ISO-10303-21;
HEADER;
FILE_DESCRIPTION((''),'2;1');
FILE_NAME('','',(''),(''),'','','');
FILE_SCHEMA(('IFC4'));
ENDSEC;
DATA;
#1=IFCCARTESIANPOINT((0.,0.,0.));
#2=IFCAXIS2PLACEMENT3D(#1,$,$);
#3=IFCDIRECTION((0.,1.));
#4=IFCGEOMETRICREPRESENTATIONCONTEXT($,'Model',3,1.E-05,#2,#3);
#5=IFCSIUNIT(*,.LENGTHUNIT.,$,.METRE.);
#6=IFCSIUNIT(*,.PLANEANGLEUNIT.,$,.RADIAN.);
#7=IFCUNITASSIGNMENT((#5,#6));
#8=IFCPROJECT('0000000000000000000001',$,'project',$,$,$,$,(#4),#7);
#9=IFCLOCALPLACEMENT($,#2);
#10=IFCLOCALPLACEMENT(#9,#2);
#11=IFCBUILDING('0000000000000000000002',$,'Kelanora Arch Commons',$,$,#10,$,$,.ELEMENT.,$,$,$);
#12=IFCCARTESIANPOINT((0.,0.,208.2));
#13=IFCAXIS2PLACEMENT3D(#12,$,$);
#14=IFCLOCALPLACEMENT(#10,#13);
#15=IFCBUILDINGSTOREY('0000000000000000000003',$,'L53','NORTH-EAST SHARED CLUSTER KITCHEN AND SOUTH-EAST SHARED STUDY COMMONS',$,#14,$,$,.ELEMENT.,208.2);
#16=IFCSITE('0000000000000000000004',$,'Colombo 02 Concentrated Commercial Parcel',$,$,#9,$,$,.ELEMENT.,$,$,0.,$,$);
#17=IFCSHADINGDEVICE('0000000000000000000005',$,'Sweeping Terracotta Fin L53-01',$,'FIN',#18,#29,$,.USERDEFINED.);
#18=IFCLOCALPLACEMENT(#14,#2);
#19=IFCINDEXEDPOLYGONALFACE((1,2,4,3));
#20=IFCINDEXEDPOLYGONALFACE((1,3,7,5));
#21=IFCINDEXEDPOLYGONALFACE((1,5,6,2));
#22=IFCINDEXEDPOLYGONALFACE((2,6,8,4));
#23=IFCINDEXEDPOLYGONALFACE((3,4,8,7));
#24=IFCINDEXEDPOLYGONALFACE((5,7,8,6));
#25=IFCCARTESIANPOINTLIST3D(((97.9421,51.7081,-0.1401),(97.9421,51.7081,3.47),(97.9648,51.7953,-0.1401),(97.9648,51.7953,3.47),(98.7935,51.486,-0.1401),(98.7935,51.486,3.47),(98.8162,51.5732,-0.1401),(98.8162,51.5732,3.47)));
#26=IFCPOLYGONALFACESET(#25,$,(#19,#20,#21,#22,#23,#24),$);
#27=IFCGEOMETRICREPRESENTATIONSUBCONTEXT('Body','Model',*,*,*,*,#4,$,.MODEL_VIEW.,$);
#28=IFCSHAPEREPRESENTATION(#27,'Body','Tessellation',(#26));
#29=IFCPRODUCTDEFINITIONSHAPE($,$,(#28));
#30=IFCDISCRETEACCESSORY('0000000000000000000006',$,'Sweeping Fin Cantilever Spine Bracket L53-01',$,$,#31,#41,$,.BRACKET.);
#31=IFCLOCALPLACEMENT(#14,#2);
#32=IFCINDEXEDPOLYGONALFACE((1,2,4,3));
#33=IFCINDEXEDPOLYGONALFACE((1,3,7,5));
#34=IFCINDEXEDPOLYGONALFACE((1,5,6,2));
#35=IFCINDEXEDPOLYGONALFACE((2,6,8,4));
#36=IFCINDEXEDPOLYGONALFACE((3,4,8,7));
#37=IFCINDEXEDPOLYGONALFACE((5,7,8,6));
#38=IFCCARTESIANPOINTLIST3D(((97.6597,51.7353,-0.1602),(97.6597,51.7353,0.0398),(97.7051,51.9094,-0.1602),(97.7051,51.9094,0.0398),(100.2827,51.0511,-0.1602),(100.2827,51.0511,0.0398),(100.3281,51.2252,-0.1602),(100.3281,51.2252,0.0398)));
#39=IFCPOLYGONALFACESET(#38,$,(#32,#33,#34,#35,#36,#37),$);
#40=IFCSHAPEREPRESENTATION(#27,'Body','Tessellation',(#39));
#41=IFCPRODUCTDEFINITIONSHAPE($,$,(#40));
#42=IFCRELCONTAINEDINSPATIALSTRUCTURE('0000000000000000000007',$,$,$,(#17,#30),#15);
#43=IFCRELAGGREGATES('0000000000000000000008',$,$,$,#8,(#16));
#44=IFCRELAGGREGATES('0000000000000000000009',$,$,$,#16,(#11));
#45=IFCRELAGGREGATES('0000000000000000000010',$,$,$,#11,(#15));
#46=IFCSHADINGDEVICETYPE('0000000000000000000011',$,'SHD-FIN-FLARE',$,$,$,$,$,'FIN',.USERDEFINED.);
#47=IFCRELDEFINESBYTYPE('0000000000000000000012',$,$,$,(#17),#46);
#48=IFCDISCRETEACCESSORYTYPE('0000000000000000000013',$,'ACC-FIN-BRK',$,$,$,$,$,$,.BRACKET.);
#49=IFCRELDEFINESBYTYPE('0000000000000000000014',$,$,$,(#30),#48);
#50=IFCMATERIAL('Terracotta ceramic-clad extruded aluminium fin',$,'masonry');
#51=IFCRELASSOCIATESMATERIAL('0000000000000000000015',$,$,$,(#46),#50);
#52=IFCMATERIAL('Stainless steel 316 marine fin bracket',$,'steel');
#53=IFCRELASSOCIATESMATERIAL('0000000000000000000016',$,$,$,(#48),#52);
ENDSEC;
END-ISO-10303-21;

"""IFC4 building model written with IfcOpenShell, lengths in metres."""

from ifc_helpers import new_model, si_unit, direction, frame, origin, origin_2d, place, context, subcontext, project, spatial, rectangle, extrude, source, transform, mapped, material, type_object, element, save


model = new_model("IFC4")

# Units and contexts
model_context = context("Model", 3, precision=1e-05, world=origin(), true_north=direction((0.0, 1.0)))
body_context = subcontext(model_context, "Body", "Model", "MODEL_VIEW")
ifc_project = project(units=[si_unit("LENGTHUNIT", "METRE"), si_unit("PLANEANGLEUNIT", "RADIAN")], contexts=[model_context])

# Site, building, storey
site_placement = place(None, origin())
site = spatial("IfcSite", under=ifc_project, at=site_placement, Name="Colombo 02 Concentrated Commercial Parcel", CompositionType="ELEMENT", RefElevation=0.0)
building_placement = place(site_placement, origin())
building = spatial("IfcBuilding", under=site, at=building_placement, Name="Kelanora Arch Commons", CompositionType="ELEMENT")
storey_placement = place(building_placement, frame((0.0, 0.0, 208.2)))
storey = spatial("IfcBuildingStorey", under=building, at=storey_placement, Name="L53", Description="NORTH-EAST SHARED CLUSTER KITCHEN AND SOUTH-EAST SHARED STUDY COMMONS", CompositionType="ELEMENT", Elevation=208.2)

# Shading device
ifc_material_1 = material(Name="Terracotta ceramic-clad extruded aluminium fin", Category="masonry")
shading_device_type = type_object("IfcShadingDeviceType", Name="SHD-FIN-FLARE", ElementType="FIN", PredefinedType="USERDEFINED", material=ifc_material_1)
shared_shape_1 = source(origin(), body_context, "Body", "SweptSolid", [
    extrude(rectangle(XDim=0.8799, YDim=0.0901, at=origin_2d()), origin(), (0.0, 0.0, 1.0), 3.6101),
])
shading_device_placement = place(storey_placement, frame((98.3792, 51.6406, -0.1401), z_axis=(0.0, 0.0, 1.0), x_axis=(0.967621, -0.252407, 0.0)))
element("IfcShadingDevice", 1, at=shading_device_placement, inside=storey, type_object=shading_device_type, Name="Sweeping Terracotta Fin L53-01", ObjectType="FIN", PredefinedType="USERDEFINED", context=body_context, shape_type="MappedRepresentation", body=[
    mapped(shared_shape_1, transform((0.0, 0.0, 0.0), scale=1.0)),
])

# Discrete accessory
ifc_material_2 = material(Name="Stainless steel 316 marine fin bracket", Category="steel")
discrete_accessory_type = type_object("IfcDiscreteAccessoryType", Name="ACC-FIN-BRK", PredefinedType="BRACKET", material=ifc_material_2)
shared_shape_2 = source(origin(), body_context, "Body", "SweptSolid", [
    extrude(rectangle(XDim=2.7107, YDim=0.1799, at=origin_2d()), origin(), (0.0, 0.0, 1.0), 0.2),
])
discrete_accessory_placement = place(storey_placement, frame((98.9939, 51.4802, -0.1602), z_axis=(0.0, 0.0, 1.0), x_axis=(0.967621, -0.252407, 0.0)))
element("IfcDiscreteAccessory", 2, at=discrete_accessory_placement, inside=storey, type_object=discrete_accessory_type, Name="Sweeping Fin Cantilever Spine Bracket L53-01", PredefinedType="BRACKET", context=body_context, shape_type="MappedRepresentation", body=[
    mapped(shared_shape_2, transform((0.0, 0.0, 0.0), scale=1.0)),
])

save(model, "model.ifc")
